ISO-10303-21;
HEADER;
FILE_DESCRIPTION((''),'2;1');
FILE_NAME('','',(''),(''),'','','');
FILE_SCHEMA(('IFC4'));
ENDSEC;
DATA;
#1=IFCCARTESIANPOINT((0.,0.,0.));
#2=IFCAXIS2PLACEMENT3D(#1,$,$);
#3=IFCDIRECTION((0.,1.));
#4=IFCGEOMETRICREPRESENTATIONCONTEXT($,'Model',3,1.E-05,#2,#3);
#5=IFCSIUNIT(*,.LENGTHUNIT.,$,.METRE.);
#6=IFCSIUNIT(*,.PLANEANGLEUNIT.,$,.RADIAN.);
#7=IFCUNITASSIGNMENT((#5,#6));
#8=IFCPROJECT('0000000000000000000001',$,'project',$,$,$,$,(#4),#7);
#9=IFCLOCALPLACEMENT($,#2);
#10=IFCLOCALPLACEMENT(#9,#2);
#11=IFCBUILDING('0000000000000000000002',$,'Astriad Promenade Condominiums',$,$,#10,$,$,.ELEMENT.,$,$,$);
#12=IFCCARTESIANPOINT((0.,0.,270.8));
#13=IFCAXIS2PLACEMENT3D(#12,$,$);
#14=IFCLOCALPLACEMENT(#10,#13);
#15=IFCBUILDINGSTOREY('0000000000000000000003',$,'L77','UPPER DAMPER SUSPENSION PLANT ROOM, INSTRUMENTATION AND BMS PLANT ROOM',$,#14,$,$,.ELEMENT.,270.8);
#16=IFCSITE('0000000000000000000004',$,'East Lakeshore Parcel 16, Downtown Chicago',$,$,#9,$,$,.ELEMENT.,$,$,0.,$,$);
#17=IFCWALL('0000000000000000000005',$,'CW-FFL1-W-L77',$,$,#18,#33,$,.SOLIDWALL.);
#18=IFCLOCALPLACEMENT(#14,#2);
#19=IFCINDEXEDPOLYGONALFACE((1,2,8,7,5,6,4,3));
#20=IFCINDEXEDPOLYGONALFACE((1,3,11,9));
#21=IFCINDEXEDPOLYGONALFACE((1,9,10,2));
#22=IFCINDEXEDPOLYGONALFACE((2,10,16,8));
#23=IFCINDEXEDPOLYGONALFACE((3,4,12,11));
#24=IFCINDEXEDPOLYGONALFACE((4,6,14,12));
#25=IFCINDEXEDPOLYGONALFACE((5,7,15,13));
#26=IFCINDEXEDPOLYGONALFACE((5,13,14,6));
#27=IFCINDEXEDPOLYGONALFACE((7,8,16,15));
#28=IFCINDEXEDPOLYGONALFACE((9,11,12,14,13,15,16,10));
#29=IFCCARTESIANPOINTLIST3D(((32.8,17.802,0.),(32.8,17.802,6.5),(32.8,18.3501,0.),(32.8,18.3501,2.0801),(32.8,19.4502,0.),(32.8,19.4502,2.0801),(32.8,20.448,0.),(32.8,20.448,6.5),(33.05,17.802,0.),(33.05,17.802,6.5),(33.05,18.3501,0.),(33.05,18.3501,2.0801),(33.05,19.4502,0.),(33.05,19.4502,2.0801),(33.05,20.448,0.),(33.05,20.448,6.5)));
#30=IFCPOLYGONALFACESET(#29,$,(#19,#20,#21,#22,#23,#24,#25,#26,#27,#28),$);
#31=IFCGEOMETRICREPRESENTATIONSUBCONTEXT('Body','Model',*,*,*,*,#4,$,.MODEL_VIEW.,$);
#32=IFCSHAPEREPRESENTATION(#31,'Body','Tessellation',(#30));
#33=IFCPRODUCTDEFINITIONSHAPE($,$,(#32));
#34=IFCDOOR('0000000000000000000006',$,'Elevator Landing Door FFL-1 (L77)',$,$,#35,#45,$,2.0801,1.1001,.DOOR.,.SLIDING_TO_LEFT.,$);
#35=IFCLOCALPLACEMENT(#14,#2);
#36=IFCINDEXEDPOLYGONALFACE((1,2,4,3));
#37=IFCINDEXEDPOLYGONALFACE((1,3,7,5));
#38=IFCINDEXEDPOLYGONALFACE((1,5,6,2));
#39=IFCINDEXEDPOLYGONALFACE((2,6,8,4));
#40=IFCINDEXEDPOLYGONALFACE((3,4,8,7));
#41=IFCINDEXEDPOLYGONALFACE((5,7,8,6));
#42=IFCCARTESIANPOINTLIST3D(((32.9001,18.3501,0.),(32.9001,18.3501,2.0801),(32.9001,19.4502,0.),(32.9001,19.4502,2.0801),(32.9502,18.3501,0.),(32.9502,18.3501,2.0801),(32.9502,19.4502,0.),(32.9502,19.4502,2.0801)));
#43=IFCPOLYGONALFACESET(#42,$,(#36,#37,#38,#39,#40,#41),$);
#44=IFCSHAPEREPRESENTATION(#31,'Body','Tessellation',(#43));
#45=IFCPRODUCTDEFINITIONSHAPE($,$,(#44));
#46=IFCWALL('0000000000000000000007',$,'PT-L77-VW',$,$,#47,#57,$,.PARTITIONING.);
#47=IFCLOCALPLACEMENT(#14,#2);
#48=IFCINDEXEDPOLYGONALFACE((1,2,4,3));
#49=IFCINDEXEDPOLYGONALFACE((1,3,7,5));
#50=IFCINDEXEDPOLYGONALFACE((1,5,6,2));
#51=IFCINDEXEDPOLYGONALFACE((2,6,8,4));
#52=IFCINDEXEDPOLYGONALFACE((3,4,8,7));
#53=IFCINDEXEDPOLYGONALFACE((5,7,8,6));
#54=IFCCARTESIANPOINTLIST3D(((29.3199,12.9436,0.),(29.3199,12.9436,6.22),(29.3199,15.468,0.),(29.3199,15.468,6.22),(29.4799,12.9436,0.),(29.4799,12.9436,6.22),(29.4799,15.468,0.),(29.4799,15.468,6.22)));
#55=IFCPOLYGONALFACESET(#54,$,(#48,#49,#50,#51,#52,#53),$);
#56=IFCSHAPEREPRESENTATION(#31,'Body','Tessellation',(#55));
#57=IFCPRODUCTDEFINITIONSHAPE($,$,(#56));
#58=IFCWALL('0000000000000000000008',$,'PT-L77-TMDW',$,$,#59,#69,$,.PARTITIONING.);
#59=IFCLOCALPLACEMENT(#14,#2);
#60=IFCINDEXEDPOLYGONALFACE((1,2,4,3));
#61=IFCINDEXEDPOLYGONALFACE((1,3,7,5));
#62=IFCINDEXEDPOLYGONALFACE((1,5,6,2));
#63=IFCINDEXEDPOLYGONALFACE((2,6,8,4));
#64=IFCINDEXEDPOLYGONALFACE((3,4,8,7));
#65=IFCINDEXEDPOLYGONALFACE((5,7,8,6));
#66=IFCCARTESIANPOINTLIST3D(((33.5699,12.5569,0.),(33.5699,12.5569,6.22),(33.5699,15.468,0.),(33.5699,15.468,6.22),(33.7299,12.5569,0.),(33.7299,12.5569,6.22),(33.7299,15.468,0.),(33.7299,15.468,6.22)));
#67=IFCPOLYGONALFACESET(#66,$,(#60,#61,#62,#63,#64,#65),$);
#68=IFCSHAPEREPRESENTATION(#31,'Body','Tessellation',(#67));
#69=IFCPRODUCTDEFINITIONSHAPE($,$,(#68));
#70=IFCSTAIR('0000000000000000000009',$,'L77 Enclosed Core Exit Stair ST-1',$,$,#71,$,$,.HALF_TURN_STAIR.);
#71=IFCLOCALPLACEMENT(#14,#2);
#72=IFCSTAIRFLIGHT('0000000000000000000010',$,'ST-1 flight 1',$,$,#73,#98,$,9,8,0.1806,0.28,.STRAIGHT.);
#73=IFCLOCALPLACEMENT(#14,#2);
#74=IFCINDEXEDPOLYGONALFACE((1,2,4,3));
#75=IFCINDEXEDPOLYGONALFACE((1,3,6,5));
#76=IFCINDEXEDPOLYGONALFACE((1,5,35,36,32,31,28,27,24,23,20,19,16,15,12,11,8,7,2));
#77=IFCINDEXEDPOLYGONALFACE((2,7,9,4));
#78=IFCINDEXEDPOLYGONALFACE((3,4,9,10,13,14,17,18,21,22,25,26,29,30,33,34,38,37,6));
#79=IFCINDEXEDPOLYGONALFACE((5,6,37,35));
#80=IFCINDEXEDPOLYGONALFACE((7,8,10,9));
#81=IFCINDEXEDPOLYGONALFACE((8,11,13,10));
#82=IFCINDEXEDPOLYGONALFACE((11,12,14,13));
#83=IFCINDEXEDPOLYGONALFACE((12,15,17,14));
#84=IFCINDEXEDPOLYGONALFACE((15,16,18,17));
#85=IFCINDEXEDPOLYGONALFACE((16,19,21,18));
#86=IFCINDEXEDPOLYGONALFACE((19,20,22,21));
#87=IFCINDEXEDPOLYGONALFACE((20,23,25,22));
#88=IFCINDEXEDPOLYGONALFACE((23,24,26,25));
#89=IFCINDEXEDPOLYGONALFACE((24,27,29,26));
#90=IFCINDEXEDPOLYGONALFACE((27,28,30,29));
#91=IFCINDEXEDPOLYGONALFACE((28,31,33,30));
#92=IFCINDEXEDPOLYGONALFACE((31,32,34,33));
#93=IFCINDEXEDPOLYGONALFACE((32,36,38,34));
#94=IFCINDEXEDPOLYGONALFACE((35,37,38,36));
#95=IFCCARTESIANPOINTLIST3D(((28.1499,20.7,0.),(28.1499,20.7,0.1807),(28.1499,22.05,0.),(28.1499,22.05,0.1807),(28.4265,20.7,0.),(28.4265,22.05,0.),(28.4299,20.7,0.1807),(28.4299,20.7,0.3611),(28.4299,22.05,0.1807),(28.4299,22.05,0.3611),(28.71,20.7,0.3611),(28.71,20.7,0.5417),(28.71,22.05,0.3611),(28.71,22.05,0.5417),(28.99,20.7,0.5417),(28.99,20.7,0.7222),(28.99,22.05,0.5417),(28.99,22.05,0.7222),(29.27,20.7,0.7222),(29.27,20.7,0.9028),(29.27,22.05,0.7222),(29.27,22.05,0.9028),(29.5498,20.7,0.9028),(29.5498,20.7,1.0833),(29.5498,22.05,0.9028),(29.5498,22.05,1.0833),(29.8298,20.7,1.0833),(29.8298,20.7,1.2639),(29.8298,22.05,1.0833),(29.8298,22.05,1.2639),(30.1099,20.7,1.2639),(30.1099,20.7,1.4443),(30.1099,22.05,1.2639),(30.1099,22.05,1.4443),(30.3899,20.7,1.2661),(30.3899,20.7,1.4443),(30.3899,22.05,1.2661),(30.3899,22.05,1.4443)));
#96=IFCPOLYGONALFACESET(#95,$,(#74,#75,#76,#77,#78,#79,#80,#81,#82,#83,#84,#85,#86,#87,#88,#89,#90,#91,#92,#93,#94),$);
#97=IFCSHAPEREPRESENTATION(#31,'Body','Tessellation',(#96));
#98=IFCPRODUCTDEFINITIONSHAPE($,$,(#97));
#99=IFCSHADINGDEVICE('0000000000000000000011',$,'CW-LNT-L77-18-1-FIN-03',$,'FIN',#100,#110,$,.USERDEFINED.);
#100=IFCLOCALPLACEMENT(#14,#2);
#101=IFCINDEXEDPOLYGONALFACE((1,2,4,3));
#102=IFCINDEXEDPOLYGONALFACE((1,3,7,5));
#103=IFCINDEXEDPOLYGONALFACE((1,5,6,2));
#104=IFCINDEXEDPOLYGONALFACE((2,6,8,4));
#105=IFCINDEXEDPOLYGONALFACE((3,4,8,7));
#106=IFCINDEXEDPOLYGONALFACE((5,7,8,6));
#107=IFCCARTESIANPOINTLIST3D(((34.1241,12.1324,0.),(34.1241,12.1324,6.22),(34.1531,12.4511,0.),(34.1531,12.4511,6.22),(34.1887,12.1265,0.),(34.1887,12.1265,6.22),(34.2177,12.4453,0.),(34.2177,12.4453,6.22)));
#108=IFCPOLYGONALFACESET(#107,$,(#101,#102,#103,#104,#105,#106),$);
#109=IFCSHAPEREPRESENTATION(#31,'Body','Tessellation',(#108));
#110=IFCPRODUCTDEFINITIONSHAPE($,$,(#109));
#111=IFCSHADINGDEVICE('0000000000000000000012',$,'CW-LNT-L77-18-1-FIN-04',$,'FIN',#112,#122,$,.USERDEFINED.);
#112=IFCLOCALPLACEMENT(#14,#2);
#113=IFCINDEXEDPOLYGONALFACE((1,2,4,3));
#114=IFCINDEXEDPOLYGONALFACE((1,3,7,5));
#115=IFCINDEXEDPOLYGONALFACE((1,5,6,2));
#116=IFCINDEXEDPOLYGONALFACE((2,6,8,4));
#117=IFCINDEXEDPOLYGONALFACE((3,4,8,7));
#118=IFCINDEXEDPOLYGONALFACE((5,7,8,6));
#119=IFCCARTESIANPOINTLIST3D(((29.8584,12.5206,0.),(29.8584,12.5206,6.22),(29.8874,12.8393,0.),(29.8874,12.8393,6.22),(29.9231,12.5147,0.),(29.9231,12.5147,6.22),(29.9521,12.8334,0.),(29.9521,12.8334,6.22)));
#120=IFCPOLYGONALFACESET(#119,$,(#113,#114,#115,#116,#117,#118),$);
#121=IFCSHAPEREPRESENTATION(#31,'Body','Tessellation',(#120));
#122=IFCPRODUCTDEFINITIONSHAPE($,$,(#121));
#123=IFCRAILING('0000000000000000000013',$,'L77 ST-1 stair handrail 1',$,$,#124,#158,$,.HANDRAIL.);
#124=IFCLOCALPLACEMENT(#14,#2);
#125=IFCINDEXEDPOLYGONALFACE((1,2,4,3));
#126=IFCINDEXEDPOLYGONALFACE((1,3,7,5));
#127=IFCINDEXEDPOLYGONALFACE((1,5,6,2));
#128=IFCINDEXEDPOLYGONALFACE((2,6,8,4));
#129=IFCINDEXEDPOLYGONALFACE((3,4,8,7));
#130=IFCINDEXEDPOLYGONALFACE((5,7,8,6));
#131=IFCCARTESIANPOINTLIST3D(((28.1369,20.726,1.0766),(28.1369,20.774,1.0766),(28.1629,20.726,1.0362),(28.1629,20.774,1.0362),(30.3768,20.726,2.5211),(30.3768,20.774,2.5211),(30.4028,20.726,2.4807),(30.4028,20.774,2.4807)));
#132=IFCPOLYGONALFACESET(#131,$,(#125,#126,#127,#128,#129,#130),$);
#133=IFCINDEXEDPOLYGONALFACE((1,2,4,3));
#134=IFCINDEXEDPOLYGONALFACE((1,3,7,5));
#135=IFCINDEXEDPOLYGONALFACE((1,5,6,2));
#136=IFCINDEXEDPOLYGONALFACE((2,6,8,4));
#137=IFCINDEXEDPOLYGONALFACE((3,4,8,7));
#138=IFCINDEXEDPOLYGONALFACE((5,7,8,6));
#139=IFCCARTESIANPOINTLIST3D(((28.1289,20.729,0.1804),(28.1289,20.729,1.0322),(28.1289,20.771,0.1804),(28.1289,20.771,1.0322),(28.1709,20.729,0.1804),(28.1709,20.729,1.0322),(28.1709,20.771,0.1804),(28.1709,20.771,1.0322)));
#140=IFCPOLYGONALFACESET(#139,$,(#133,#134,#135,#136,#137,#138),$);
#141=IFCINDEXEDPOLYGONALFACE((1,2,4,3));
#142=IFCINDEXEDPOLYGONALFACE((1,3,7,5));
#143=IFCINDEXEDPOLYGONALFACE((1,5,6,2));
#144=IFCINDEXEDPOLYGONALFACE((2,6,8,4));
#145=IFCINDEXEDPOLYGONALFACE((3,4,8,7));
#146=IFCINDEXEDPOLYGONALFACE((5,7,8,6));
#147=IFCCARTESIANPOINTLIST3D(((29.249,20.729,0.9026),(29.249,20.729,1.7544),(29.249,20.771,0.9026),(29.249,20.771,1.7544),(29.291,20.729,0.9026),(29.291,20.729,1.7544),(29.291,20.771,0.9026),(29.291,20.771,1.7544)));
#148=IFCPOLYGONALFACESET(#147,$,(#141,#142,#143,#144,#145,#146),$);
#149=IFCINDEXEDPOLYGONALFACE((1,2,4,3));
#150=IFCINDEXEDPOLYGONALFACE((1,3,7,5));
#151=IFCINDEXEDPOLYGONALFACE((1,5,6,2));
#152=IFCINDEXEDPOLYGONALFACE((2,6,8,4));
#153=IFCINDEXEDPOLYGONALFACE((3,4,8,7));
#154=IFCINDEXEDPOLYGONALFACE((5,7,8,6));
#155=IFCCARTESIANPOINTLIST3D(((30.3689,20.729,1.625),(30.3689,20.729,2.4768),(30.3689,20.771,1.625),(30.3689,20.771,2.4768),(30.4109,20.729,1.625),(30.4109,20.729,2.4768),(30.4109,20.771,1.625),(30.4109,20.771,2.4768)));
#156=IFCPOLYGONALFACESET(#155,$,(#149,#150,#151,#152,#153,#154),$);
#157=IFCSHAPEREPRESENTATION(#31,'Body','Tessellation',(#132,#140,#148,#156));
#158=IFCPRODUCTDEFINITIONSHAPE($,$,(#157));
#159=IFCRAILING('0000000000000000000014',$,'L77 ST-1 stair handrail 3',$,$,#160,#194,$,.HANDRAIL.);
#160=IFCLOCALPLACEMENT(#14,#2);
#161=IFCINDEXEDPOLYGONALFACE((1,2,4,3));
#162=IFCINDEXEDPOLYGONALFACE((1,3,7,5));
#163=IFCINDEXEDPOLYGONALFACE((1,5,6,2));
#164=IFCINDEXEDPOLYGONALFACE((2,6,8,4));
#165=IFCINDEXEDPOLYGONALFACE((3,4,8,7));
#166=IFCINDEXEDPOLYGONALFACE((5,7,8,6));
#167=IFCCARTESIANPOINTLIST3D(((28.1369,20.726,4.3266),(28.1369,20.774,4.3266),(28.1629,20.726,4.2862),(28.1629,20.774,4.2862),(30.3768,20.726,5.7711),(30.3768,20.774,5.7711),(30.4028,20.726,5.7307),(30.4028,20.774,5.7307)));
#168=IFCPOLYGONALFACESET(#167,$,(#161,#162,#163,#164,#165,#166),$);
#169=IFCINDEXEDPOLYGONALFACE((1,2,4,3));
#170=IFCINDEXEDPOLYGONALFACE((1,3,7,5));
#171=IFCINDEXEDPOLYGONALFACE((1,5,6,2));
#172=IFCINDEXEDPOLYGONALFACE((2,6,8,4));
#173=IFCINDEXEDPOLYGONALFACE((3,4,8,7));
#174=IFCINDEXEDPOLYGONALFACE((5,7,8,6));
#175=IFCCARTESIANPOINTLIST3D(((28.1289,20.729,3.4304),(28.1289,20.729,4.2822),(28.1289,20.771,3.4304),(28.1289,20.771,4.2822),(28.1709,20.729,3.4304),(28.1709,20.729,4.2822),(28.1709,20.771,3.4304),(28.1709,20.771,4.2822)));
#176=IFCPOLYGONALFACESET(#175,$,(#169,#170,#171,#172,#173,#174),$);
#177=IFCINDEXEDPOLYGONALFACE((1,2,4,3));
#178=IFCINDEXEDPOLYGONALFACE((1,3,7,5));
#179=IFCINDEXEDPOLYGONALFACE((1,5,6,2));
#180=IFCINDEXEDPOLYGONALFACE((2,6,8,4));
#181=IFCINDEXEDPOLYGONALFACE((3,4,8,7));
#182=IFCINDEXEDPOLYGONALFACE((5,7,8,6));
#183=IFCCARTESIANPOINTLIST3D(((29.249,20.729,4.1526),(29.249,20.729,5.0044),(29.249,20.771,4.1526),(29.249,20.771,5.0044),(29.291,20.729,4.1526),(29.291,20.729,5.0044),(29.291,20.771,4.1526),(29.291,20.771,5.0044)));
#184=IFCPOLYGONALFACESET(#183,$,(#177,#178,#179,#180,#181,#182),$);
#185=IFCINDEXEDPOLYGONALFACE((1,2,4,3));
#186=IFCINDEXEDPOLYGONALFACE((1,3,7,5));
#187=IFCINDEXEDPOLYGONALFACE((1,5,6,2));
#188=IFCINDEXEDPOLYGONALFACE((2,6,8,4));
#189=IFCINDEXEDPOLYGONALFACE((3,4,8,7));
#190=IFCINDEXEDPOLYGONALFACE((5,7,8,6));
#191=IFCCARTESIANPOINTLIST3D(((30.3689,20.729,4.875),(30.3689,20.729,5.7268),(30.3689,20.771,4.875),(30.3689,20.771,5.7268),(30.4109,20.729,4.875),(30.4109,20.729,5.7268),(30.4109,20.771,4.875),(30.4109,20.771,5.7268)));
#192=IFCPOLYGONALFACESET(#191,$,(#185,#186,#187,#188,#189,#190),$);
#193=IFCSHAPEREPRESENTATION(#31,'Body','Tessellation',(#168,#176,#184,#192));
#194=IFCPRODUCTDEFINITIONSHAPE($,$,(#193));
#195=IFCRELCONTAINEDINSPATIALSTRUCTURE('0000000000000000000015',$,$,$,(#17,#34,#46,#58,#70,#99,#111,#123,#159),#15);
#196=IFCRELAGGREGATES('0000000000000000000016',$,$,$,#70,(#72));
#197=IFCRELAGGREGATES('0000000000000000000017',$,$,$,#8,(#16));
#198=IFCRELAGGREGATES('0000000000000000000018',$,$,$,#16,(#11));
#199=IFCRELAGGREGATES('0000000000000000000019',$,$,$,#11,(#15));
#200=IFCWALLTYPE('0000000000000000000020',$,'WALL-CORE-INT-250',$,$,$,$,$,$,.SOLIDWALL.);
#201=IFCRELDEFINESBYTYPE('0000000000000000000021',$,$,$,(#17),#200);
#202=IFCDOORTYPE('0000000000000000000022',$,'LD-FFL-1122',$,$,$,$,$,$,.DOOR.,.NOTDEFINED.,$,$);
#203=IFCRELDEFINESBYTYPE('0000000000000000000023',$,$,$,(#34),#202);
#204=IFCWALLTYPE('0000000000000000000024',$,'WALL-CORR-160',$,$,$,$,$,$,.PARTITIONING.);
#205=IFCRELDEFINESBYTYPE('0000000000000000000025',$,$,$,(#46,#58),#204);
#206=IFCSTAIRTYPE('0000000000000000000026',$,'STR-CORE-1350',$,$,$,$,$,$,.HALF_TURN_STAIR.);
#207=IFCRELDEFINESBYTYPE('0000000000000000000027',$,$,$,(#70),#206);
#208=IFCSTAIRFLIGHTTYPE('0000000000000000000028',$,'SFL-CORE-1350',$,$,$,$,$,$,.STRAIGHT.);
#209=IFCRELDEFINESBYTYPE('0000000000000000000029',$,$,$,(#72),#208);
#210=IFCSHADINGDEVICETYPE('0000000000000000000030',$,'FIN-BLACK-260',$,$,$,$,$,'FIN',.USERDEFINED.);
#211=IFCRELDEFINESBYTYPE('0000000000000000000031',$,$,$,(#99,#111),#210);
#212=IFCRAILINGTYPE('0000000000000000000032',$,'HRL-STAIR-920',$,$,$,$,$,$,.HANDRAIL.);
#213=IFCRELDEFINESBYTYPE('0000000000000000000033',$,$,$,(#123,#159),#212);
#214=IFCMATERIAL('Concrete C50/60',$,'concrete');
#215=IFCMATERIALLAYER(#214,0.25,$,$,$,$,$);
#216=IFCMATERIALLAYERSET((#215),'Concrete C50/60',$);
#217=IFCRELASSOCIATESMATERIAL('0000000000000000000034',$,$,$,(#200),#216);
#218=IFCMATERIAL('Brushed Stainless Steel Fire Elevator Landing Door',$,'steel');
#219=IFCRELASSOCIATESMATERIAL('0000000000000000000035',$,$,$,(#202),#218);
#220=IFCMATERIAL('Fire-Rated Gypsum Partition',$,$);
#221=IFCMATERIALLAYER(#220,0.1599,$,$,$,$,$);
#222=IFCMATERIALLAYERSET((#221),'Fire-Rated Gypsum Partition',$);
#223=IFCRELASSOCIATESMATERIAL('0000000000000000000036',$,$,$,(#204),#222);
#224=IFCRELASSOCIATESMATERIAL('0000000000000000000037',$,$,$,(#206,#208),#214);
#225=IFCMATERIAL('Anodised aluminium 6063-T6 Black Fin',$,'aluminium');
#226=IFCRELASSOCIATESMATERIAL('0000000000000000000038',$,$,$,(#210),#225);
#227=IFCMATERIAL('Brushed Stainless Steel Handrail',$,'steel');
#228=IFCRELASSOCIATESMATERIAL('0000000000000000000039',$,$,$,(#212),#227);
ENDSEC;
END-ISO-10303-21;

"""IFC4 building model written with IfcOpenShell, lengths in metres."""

from ifc_helpers import new_model, si_unit, direction, frame, frame_2d, origin, origin_2d, place, context, subcontext, project, spatial, polyline, rectangle, outline, extrude, source, transform, mapped, material, layer, layer_set, type_object, type_shapes, element, fill, aggregate, save


model = new_model("IFC4")

# Units and contexts
model_context = context("Model", 3, precision=1e-05, world=origin(), true_north=direction((0.0, 1.0)))
body_context = subcontext(model_context, "Body", "Model", "MODEL_VIEW")
ifc_project = project(units=[si_unit("LENGTHUNIT", "METRE"), si_unit("PLANEANGLEUNIT", "RADIAN")], contexts=[model_context])

# Site, building, storey
site_placement = place(None, origin())
site = spatial("IfcSite", under=ifc_project, at=site_placement, Name="East Lakeshore Parcel 16, Downtown Chicago", CompositionType="ELEMENT", RefElevation=0.0)
building_placement = place(site_placement, origin())
building = spatial("IfcBuilding", under=site, at=building_placement, Name="Astriad Promenade Condominiums", CompositionType="ELEMENT")
storey_placement = place(building_placement, frame((0.0, 0.0, 270.8)))
storey = spatial("IfcBuildingStorey", under=building, at=storey_placement, Name="L77", Description="UPPER DAMPER SUSPENSION PLANT ROOM, INSTRUMENTATION AND BMS PLANT ROOM", CompositionType="ELEMENT", Elevation=270.8)

# Shared definitions
ifc_material_1 = material(Name="Concrete C50/60", Category="concrete")

# Shared definitions
ifc_layer_1 = layer(ifc_material_1, 0.25)
ifc_layer_set_1 = layer_set([ifc_layer_1], Name="Concrete C50/60")
wall_type_1 = type_object("IfcWallType", Name="WALL-CORE-INT-250", PredefinedType="SOLIDWALL", material=ifc_layer_set_1)

# Wall, opening, door
wall_1_placement = place(storey_placement, frame((32.925, 17.802, 0.0), z_axis=(0.0, 0.0, 1.0), x_axis=(0.0, 1.0, 0.0)))
wall_1 = element("IfcWall", 1, at=wall_1_placement, inside=storey, type_object=wall_type_1, Name="CW-FFL1-W-L77", PredefinedType="SOLIDWALL", context=body_context, shape_type="SweptSolid", body=[
    extrude(rectangle(XDim=2.646, YDim=0.25, at=frame_2d((1.323, 0.0))), origin(), (0.0, 0.0, 1.0), 6.5),
])
opening_1_placement = place(wall_1_placement, frame((0.5481, 0.0, 0.0)))
opening_1 = element("IfcOpeningElement", 2, at=opening_1_placement, cuts=wall_1, PredefinedType="OPENING", context=body_context, shape_type="SweptSolid", body=[
    extrude(rectangle(XDim=1.1001, YDim=2.0801, at=frame_2d((0.55, 1.04))), frame((0.0, 0.135, 0.0), z_axis=(0.0, -1.0, 0.0), x_axis=(1.0, 0.0, 0.0)), (0.0, 0.0, 1.0), 0.27),
])
ifc_material_2 = material(Name="Brushed Stainless Steel Fire Elevator Landing Door", Category="steel")
door_type_1 = type_object("IfcDoorType", Name="LD-FFL-1122", OperationType="NOTDEFINED", PredefinedType="DOOR", material=ifc_material_2)
shared_shape_1 = source(origin(), body_context, "Body", "SweptSolid", [
    extrude(rectangle(XDim=1.1001, YDim=2.0801, at=frame_2d((0.55, 1.04))), frame((0.0, 0.0249, 0.0), z_axis=(0.0, -1.0, 0.0), x_axis=(1.0, 0.0, 0.0)), (0.0, 0.0, 1.0), 0.05),
])
type_shapes(door_type_1, [shared_shape_1])
door_1_placement = place(opening_1_placement, origin())
door_1 = element("IfcDoor", 3, at=door_1_placement, inside=storey, type_object=door_type_1, Name="Elevator Landing Door FFL-1 (L77)", OperationType="SLIDING_TO_LEFT", OverallHeight=2.0801, OverallWidth=1.1001, PredefinedType="DOOR", context=body_context, shape_type="MappedRepresentation", body=[
    mapped(shared_shape_1, transform((0.0, 0.0, 0.0), scale=1.0)),
])
fill(opening_1, door_1)

# Walls
ifc_material_3 = material(Name="Fire-Rated Gypsum Partition")
ifc_layer_2 = layer(ifc_material_3, 0.1599)
ifc_layer_set_2 = layer_set([ifc_layer_2], Name="Fire-Rated Gypsum Partition")
wall_type_2 = type_object("IfcWallType", Name="WALL-CORR-160", PredefinedType="PARTITIONING", material=ifc_layer_set_2)
wall_2_placement = place(storey_placement, frame((29.3999, 12.9436, 0.0), z_axis=(0.0, 0.0, 1.0), x_axis=(0.0, 1.0, 0.0)))
element("IfcWall", 4, at=wall_2_placement, inside=storey, type_object=wall_type_2, Name="PT-L77-VW", PredefinedType="PARTITIONING", context=body_context, shape_type="SweptSolid", body=[
    extrude(rectangle(XDim=2.5244, YDim=0.1599, at=frame_2d((1.2622, 0.0))), origin(), (0.0, 0.0, 1.0), 6.22),
])
wall_3_placement = place(storey_placement, frame((33.6499, 12.5569, 0.0), z_axis=(0.0, 0.0, 1.0), x_axis=(0.0, 1.0, 0.0)))
element("IfcWall", 5, at=wall_3_placement, inside=storey, type_object=wall_type_2, Name="PT-L77-TMDW", PredefinedType="PARTITIONING", context=body_context, shape_type="SweptSolid", body=[
    extrude(rectangle(XDim=2.9111, YDim=0.1599, at=frame_2d((1.4556, 0.0))), origin(), (0.0, 0.0, 1.0), 6.22),
])

# Stair, stair flight
stair_type = type_object("IfcStairType", Name="STR-CORE-1350", PredefinedType="HALF_TURN_STAIR", material=ifc_material_1)
stair_placement = place(storey_placement, origin())
stair = element("IfcStair", 6, at=stair_placement, inside=storey, type_object=stair_type, Name="L77 Enclosed Core Exit Stair ST-1", PredefinedType="HALF_TURN_STAIR")
stair_flight_type = type_object("IfcStairFlightType", Name="SFL-CORE-1350", PredefinedType="STRAIGHT", material=ifc_material_1)
shared_shape_2 = source(origin(), body_context, "Body", "SweptSolid", [
    extrude(outline(polyline([(0.0, 0.0), (0.0, 0.1807), (0.28, 0.1807), (0.28, 0.3611), (0.5601, 0.3611), (0.5601, 0.5417), (0.8401, 0.5417), (0.8401, 0.7222), (1.1201, 0.7222), (1.1201, 0.9028), (1.3999, 0.9028), (1.3999, 1.0833), (1.6799, 1.0833), (1.6799, 1.2639), (1.96, 1.2639), (1.96, 1.4443), (2.24, 1.4443), (2.24, 1.625), (2.24, 1.2661), (0.2766, 0.0), (0.0, 0.0)])), frame((0.0, 0.675, 0.0), z_axis=(0.0, -1.0, 0.0), x_axis=(1.0, 0.0, 0.0)), (0.0, 0.0, 1.0), 1.3501),
])
type_shapes(stair_flight_type, [shared_shape_2])
stair_flight_placement = place(storey_placement, frame((28.1499, 21.375, 0.0), z_axis=(0.0, 0.0, 1.0), x_axis=(1.0, 0.0, 0.0)))
stair_flight = element("IfcStairFlight", 7, at=stair_flight_placement, type_object=stair_flight_type, Name="ST-1 flight 1", NumberOfRisers=9, NumberOfTreads=8, PredefinedType="STRAIGHT", RiserHeight=0.1806, TreadLength=0.28, context=body_context, shape_type="MappedRepresentation", body=[
    mapped(shared_shape_2, transform((0.0, 0.0, 0.0), scale=1.0)),
])
aggregate(stair, [stair_flight])

# Shading devices
ifc_material_4 = material(Name="Anodised aluminium 6063-T6 Black Fin", Category="aluminium")
shading_device_type = type_object("IfcShadingDeviceType", Name="FIN-BLACK-260", ElementType="FIN", PredefinedType="USERDEFINED", material=ifc_material_4)
shared_shape_3 = source(origin(), body_context, "Body", "SweptSolid", [
    extrude(rectangle(XDim=0.0649, YDim=0.3201, at=origin_2d()), origin(), (0.0, 0.0, 1.0), 6.22),
])
type_shapes(shading_device_type, [shared_shape_3])
for number, where, z_axis, x_axis, name in (
    (8, (34.1709, 12.2888, 0.0), (0.0, 0.0, 1.0), (-0.995884, 0.090633, 0.0), "CW-LNT-L77-18-1-FIN-03"),
    (9, (29.9053, 12.677, 0.0), (0.0, 0.0, 1.0), (-0.995884, 0.090633, 0.0), "CW-LNT-L77-18-1-FIN-04"),
):
    element("IfcShadingDevice", number, at=place(storey_placement, frame(where, z_axis=z_axis, x_axis=x_axis)), inside=storey, type_object=shading_device_type, Name=name, ObjectType="FIN", PredefinedType="USERDEFINED", context=body_context, shape_type="MappedRepresentation", body=[
        mapped(shared_shape_3, transform((0.0, 0.0, 0.0), scale=1.0)),
    ])

# Railings
ifc_material_5 = material(Name="Brushed Stainless Steel Handrail", Category="steel")
railing_type = type_object("IfcRailingType", Name="HRL-STAIR-920", PredefinedType="HANDRAIL", material=ifc_material_5)
shared_shape_4 = source(origin(), body_context, "Body", "SweptSolid", [
    extrude(rectangle(XDim=0.0481, YDim=0.0481, at=origin_2d()), frame((0.0, 0.0, 0.876), z_axis=(0.840395, 0.0, 0.541975), x_axis=(0.0, 1.0, 0.0)), (0.0, 0.0, 1.0), 2.6653),
    extrude(rectangle(XDim=0.042, YDim=0.042, at=origin_2d()), origin(), (0.0, 0.0, 1.0), 0.8518),
    extrude(rectangle(XDim=0.042, YDim=0.042, at=origin_2d()), frame((1.1201, 0.0, 0.7222)), (0.0, 0.0, 1.0), 0.8518),
    extrude(rectangle(XDim=0.042, YDim=0.042, at=origin_2d()), frame((2.24, 0.0, 1.4446)), (0.0, 0.0, 1.0), 0.8518),
])
type_shapes(railing_type, [shared_shape_4])
for number, where, name in (
    (10, (28.1499, 20.75, 0.1804), "L77 ST-1 stair handrail 1"),
    (11, (28.1499, 20.75, 3.4304), "L77 ST-1 stair handrail 3"),
):
    element("IfcRailing", number, at=place(storey_placement, frame(where)), inside=storey, type_object=railing_type, Name=name, PredefinedType="HANDRAIL", context=body_context, shape_type="MappedRepresentation", body=[
        mapped(shared_shape_4, transform((0.0, 0.0, 0.0), scale=1.0)),
    ])

save(model, "model.ifc")
